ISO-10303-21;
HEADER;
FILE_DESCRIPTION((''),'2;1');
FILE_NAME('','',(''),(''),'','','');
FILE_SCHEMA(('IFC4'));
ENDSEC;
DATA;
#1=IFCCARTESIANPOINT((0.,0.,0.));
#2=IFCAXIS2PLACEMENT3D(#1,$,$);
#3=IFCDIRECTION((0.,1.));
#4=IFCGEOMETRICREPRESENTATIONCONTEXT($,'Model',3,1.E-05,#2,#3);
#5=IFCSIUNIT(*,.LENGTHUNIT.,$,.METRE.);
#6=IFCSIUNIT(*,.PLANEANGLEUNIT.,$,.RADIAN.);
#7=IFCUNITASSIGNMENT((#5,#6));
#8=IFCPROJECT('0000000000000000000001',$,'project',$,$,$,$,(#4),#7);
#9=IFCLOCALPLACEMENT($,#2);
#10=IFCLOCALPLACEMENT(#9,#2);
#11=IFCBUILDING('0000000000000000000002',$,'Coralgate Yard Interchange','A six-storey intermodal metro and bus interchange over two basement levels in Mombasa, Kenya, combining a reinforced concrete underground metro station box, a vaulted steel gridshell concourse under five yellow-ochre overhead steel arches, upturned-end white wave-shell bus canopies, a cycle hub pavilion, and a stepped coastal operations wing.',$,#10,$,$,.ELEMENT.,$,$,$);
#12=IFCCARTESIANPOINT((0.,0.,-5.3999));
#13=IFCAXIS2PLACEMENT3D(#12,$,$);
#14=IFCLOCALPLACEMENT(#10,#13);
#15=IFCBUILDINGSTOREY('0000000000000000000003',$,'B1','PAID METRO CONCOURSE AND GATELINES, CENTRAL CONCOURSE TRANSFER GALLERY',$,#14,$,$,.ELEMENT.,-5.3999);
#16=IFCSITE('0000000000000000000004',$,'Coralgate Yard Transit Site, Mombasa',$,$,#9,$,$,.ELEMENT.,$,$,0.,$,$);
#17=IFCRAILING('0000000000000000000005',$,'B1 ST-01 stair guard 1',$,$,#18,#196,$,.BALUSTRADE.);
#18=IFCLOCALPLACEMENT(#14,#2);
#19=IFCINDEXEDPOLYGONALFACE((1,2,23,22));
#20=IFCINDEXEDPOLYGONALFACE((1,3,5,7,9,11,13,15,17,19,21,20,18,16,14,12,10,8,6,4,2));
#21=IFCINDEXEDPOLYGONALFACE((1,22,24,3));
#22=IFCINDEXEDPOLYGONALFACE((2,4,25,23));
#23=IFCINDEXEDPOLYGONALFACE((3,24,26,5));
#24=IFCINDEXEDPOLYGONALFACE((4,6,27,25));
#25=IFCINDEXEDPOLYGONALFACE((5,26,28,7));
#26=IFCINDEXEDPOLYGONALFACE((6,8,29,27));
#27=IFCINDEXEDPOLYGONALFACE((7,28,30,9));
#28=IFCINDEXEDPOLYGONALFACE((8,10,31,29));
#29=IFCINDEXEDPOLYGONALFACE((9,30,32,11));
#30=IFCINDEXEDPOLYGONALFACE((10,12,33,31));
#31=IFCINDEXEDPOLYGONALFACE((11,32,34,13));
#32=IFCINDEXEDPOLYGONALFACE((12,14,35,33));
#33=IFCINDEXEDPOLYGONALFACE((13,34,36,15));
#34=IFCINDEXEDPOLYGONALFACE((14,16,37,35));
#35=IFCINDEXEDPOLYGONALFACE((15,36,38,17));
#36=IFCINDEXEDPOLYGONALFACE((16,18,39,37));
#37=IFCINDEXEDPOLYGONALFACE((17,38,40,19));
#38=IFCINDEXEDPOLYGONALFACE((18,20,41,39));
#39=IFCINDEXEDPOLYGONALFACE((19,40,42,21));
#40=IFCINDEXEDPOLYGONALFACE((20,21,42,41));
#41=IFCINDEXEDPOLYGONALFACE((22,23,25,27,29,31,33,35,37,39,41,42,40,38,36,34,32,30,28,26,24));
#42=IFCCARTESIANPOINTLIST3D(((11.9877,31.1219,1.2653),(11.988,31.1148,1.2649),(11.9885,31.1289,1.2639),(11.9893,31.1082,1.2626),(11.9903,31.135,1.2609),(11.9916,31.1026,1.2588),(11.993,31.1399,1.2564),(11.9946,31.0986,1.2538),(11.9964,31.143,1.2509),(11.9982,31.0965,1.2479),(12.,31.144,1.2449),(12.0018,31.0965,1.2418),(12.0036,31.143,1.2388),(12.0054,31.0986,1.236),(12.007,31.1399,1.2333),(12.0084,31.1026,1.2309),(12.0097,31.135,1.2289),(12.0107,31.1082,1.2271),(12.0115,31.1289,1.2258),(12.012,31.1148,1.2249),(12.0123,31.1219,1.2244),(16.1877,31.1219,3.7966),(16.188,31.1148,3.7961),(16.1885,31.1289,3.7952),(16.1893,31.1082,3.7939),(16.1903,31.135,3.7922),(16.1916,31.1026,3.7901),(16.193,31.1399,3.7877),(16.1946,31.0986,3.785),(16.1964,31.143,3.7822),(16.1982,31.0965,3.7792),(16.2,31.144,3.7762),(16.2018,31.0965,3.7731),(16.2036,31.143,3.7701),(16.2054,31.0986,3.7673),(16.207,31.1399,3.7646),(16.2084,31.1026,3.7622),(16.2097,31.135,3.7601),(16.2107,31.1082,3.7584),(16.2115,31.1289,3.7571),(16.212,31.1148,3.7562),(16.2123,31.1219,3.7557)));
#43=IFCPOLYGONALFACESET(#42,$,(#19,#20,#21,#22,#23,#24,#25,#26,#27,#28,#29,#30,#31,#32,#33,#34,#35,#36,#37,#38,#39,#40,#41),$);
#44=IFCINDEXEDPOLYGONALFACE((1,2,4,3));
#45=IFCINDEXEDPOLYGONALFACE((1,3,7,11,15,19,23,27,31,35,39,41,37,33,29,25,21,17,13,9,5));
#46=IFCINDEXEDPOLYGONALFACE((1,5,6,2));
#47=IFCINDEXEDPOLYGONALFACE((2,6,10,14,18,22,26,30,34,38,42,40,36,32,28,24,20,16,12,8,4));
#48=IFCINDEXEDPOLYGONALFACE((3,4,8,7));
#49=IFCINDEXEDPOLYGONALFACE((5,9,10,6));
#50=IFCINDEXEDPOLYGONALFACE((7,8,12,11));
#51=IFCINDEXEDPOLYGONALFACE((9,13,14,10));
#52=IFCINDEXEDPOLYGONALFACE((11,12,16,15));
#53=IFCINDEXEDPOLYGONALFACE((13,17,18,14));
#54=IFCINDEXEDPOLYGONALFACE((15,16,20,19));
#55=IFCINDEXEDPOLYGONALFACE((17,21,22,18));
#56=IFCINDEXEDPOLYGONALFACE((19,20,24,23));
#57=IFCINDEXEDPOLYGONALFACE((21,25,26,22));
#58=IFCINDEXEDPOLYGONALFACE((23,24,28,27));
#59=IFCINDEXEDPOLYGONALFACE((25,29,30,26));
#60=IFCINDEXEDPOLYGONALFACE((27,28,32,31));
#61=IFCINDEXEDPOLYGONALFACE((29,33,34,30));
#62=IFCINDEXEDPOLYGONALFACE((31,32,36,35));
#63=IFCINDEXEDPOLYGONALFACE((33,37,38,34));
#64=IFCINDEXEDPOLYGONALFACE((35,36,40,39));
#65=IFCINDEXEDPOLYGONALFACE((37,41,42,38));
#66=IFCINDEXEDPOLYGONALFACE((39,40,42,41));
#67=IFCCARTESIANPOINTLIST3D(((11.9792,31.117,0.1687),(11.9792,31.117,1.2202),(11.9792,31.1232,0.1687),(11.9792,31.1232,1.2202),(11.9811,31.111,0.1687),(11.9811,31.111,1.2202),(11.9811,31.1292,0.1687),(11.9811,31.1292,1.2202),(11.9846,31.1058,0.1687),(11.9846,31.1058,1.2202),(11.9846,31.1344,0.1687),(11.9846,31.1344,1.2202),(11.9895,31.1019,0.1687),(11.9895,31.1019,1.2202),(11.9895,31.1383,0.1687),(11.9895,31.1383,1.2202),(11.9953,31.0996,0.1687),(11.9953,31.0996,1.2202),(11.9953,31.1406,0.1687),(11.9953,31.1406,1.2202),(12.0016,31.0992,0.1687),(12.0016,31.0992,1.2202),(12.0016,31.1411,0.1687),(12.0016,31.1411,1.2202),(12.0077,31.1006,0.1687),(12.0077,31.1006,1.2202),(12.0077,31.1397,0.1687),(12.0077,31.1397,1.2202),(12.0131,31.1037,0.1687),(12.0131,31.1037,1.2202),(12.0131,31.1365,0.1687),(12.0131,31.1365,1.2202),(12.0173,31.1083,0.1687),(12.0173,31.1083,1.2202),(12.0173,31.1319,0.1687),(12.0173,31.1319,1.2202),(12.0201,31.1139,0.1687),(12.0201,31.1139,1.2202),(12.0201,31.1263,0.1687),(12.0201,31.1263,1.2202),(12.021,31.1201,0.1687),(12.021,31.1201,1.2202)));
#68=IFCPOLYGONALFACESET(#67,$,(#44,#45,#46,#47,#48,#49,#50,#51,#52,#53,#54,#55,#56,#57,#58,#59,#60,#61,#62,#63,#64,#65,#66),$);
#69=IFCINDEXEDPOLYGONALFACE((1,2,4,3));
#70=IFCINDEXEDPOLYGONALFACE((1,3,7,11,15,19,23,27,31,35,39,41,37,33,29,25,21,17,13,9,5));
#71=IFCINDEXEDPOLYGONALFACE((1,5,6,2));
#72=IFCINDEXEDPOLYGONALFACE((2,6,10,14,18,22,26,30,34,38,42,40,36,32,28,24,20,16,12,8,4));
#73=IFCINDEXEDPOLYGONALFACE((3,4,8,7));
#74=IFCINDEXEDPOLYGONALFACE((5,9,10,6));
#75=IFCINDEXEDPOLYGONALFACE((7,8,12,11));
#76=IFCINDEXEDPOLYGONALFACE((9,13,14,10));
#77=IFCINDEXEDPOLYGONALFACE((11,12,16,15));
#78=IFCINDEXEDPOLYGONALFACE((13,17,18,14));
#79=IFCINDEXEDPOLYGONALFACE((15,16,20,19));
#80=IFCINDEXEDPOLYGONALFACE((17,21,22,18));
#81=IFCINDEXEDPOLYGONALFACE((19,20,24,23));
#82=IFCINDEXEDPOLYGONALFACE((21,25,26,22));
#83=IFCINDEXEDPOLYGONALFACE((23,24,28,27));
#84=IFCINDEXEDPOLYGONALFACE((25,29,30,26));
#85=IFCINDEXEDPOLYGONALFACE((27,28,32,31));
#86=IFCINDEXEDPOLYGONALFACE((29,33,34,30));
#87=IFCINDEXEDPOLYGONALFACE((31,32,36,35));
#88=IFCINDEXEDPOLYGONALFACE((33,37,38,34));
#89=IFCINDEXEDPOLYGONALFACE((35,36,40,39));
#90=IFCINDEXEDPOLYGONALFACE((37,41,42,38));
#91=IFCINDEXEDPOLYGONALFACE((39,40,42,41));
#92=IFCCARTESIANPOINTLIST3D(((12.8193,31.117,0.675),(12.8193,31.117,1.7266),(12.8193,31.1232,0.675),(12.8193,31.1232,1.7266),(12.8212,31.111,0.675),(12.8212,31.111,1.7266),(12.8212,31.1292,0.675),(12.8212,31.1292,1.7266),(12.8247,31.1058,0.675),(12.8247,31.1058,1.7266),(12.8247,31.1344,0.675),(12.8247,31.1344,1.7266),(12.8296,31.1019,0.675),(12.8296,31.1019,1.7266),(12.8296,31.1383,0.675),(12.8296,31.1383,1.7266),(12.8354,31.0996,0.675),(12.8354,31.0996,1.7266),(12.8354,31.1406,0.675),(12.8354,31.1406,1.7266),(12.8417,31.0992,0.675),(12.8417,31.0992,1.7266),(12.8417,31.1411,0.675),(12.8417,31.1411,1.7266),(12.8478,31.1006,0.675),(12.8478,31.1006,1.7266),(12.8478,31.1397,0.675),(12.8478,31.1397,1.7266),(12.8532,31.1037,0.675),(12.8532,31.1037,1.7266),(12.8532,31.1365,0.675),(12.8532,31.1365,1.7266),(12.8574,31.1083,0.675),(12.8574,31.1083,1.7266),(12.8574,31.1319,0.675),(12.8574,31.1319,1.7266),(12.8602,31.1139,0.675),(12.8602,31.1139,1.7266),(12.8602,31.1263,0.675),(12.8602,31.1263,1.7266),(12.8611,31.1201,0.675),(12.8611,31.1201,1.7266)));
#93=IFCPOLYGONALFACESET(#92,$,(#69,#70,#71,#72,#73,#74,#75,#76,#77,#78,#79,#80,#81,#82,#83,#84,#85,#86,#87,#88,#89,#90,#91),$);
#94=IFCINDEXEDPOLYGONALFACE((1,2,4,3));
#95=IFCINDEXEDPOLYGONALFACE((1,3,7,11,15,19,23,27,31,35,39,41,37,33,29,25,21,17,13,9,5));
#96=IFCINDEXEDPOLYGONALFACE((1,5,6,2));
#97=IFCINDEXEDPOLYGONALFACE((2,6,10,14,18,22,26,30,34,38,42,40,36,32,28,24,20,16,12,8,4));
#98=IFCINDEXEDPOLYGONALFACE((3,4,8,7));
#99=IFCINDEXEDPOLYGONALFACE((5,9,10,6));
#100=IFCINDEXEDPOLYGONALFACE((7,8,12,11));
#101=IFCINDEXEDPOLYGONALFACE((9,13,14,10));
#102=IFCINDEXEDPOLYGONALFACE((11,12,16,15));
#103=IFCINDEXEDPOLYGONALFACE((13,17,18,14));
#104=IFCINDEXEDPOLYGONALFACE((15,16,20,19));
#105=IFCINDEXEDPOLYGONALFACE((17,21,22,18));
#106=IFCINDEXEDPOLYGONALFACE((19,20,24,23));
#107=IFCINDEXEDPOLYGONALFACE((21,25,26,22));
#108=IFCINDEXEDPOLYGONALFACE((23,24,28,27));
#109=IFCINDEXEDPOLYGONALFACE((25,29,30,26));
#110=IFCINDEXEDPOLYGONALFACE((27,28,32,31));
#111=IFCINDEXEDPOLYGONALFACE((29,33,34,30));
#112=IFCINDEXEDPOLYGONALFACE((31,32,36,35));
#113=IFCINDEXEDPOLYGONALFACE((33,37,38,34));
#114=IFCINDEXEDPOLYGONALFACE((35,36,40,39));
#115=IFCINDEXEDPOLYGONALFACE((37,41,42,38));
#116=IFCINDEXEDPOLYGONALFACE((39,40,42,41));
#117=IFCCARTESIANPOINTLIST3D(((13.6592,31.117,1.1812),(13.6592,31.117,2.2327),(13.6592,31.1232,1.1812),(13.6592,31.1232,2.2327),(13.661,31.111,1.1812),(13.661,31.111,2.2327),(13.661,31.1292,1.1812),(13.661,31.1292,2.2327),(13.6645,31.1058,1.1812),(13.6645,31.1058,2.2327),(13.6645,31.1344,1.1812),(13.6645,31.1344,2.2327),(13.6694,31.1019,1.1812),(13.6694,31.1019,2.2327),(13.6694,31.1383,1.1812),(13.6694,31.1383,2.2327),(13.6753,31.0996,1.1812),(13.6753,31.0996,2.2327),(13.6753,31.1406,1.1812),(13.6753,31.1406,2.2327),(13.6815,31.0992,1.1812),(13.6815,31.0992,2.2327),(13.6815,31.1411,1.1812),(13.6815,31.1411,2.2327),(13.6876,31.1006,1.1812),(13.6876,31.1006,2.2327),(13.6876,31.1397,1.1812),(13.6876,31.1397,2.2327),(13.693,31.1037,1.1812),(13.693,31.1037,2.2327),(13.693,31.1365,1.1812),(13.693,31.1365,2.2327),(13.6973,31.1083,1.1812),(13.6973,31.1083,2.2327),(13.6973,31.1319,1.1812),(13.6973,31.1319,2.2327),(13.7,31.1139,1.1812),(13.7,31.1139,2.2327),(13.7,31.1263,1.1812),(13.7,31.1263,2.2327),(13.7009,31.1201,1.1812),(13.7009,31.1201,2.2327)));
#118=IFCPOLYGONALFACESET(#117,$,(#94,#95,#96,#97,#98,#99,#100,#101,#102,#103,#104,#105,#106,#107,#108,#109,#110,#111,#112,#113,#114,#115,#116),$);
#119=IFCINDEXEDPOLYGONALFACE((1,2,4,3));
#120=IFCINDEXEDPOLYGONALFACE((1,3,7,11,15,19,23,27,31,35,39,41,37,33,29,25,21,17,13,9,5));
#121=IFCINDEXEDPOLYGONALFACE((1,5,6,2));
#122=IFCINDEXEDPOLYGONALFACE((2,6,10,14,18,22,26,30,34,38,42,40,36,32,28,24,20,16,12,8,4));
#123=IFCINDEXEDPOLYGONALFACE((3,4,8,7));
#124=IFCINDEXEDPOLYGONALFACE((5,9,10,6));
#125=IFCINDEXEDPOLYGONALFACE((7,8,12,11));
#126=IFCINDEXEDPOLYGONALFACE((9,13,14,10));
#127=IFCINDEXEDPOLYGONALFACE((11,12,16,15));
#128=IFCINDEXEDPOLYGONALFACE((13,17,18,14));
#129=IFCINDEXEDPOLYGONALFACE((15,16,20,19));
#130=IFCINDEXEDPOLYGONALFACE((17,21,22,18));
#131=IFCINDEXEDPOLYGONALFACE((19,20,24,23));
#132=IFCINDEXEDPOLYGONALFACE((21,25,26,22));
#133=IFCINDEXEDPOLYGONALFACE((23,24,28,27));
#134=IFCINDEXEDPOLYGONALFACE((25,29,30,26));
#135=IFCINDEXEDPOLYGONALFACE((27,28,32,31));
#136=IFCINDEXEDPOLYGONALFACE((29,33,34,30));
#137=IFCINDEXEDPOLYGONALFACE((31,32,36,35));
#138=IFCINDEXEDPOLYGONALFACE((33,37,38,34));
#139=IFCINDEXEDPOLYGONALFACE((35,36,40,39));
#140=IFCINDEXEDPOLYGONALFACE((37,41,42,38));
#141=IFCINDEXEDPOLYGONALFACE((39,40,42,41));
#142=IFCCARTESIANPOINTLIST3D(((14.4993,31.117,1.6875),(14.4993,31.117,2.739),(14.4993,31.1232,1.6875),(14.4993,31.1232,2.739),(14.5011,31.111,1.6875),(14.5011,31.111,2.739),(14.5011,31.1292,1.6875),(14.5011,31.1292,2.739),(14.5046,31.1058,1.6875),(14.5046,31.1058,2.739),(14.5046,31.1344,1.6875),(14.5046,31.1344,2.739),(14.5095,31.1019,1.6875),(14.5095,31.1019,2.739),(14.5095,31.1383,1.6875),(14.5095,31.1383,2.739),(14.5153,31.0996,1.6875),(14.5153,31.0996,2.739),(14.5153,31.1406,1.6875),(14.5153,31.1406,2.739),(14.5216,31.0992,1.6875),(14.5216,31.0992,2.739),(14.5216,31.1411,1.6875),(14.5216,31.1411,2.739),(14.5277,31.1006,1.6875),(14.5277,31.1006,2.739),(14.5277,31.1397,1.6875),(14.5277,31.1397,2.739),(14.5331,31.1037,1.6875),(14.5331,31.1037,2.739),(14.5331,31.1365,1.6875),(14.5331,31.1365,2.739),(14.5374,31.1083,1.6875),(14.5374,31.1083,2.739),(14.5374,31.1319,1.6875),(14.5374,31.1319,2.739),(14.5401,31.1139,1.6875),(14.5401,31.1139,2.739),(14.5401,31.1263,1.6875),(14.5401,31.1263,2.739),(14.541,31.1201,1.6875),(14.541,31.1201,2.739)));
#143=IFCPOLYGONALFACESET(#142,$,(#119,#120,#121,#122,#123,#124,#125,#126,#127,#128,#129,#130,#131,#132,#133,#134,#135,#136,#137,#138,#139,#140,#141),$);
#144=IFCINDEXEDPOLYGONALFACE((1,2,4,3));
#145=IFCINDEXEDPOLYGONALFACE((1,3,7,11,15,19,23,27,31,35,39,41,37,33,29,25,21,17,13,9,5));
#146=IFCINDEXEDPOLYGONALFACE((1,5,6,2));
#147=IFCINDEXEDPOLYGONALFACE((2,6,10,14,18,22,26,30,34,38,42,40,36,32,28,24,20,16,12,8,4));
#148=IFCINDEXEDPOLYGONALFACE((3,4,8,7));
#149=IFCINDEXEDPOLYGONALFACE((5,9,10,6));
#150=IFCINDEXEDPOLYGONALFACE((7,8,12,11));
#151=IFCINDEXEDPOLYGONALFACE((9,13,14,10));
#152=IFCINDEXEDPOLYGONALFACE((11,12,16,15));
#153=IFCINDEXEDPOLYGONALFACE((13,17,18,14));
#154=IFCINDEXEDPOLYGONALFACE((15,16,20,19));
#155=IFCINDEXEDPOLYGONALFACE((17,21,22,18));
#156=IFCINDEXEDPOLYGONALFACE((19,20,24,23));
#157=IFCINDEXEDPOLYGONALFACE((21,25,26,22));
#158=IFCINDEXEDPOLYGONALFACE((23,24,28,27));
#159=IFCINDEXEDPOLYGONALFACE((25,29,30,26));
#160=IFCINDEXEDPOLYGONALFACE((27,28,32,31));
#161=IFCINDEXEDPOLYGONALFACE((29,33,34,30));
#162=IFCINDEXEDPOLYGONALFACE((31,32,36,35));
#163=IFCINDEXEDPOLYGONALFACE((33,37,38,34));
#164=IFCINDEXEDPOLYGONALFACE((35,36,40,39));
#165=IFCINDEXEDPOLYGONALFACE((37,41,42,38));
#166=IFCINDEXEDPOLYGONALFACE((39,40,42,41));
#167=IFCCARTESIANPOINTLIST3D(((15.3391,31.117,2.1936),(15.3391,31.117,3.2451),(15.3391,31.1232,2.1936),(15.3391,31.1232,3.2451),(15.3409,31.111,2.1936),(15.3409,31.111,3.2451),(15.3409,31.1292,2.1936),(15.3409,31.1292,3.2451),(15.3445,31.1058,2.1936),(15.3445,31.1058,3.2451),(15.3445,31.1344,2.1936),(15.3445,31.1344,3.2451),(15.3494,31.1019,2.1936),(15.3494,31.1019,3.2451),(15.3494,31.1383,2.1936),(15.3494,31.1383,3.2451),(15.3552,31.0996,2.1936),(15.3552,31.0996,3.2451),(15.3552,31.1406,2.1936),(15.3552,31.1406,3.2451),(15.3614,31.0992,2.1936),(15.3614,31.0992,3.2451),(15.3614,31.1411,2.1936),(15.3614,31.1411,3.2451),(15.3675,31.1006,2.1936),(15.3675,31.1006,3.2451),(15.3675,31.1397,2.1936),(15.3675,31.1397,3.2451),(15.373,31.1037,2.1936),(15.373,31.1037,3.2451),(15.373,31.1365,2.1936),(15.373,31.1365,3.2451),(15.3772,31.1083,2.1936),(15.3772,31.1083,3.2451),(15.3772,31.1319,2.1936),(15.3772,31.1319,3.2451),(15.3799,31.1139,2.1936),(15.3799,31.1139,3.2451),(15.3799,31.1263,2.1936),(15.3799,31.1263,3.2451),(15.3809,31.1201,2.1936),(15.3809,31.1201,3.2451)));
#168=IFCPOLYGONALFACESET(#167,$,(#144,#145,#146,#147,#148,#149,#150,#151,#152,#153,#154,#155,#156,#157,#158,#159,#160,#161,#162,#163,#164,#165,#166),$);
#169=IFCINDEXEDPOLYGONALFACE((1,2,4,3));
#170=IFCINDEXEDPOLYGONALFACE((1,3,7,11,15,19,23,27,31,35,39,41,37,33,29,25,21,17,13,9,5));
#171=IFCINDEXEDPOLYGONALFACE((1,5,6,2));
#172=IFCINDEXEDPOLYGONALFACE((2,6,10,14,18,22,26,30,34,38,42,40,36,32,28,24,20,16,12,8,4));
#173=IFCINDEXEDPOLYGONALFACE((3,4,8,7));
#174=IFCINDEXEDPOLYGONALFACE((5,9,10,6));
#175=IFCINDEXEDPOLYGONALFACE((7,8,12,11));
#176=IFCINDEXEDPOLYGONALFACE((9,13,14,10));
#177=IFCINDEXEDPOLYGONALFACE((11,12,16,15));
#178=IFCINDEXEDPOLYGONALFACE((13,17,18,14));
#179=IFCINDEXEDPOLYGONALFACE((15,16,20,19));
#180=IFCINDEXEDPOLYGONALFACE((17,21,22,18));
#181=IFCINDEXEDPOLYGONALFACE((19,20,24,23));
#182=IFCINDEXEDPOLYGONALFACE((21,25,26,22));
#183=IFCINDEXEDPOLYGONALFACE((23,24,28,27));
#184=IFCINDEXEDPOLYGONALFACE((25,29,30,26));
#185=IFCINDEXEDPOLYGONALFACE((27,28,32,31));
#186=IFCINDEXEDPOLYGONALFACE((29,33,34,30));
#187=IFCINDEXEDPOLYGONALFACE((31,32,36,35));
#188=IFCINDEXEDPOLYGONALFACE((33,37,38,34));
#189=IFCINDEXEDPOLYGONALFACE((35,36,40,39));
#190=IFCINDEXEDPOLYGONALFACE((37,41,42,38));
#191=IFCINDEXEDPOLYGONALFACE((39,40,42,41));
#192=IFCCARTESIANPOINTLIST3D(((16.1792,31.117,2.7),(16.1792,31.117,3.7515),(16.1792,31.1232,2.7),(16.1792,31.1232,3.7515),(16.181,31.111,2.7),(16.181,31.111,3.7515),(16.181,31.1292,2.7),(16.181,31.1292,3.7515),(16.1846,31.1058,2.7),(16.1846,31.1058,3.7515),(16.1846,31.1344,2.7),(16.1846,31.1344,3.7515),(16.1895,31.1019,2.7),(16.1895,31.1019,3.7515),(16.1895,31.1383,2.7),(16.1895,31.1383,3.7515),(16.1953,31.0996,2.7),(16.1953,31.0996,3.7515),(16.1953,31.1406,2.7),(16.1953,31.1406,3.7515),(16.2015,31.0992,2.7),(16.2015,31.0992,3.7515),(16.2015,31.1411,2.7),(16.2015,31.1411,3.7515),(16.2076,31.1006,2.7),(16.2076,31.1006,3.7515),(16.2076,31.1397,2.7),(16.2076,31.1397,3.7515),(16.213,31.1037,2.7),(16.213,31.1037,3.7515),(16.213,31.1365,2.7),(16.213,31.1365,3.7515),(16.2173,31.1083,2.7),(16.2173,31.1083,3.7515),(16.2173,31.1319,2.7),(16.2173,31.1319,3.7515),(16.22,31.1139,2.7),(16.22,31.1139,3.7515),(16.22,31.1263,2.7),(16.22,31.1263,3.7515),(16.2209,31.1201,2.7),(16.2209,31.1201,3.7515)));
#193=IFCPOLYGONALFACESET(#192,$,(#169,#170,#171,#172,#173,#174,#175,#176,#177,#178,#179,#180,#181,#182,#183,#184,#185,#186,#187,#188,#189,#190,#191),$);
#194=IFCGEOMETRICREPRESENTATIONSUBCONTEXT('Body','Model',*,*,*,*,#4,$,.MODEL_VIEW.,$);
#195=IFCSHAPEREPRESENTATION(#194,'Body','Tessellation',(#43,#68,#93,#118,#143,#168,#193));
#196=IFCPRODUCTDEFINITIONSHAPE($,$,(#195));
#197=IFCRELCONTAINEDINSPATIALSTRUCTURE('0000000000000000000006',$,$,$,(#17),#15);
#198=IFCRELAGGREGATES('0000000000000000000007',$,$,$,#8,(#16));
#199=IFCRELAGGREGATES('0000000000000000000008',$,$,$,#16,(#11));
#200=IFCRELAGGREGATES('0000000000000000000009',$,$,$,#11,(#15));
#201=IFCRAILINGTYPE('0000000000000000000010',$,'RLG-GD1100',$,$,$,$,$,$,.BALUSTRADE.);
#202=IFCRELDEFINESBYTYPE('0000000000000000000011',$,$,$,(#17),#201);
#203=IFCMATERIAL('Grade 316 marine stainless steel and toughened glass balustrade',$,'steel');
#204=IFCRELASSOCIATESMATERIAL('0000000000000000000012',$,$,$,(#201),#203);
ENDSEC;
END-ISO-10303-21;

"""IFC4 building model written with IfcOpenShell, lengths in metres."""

from ifc_helpers import new_model, si_unit, direction, frame, origin, origin_2d, place, context, subcontext, project, spatial, circle, extrude, material, type_object, element, save


model = new_model("IFC4")

# Units and contexts
model_context = context("Model", 3, precision=1e-05, world=origin(), true_north=direction((0.0, 1.0)))
body_context = subcontext(model_context, "Body", "Model", "MODEL_VIEW")
ifc_project = project(units=[si_unit("LENGTHUNIT", "METRE"), si_unit("PLANEANGLEUNIT", "RADIAN")], contexts=[model_context])

# Site, building, storey
site_placement = place(None, origin())
site = spatial("IfcSite", under=ifc_project, at=site_placement, Name="Coralgate Yard Transit Site, Mombasa", CompositionType="ELEMENT", RefElevation=0.0)
building_placement = place(site_placement, origin())
building = spatial("IfcBuilding", under=site, at=building_placement, Name="Coralgate Yard Interchange", Description="A six-storey intermodal metro and bus interchange over two basement levels in Mombasa, Kenya, combining a reinforced concrete underground metro station box, a vaulted steel gridshell concourse under five yellow-ochre overhead steel arches, upturned-end white wave-shell bus canopies, a cycle hub pavilion, and a stepped coastal operations wing.", CompositionType="ELEMENT")
storey_placement = place(building_placement, frame((0.0, 0.0, -5.3999)))
storey = spatial("IfcBuildingStorey", under=building, at=storey_placement, Name="B1", Description="PAID METRO CONCOURSE AND GATELINES, CENTRAL CONCOURSE TRANSFER GALLERY", CompositionType="ELEMENT", Elevation=-5.3999)

# Railing
ifc_material_1 = material(Name="Grade 316 marine stainless steel and toughened glass balustrade", Category="steel")
railing_type_1 = type_object("IfcRailingType", Name="RLG-GD1100", PredefinedType="BALUSTRADE", material=ifc_material_1)
railing_1_placement = place(storey_placement, frame((12.0, 31.1201, 0.1687)))
element("IfcRailing", 1, at=railing_1_placement, inside=storey, type_object=railing_type_1, Name="B1 ST-01 stair guard 1", PredefinedType="BALUSTRADE", context=body_context, shape_type="SweptSolid", body=[
    extrude(circle(Radius=0.0239, at=origin_2d()), frame((0.0, 0.0, 1.0762), z_axis=(0.856476, 0.0, 0.516186), x_axis=(0.0, 1.0, 0.0)), (0.0, 0.0, 1.0), 4.9038),
    extrude(circle(Radius=0.021, at=origin_2d()), origin(), (0.0, 0.0, 1.0), 1.0515),
    extrude(circle(Radius=0.021, at=origin_2d()), frame((0.8401, 0.0, 0.5063)), (0.0, 0.0, 1.0), 1.0515),
    extrude(circle(Radius=0.021, at=origin_2d()), frame((1.6799, 0.0, 1.0125)), (0.0, 0.0, 1.0), 1.0515),
    extrude(circle(Radius=0.021, at=origin_2d()), frame((2.52, 0.0, 1.5188)), (0.0, 0.0, 1.0), 1.0515),
    extrude(circle(Radius=0.021, at=origin_2d()), frame((3.3599, 0.0, 2.0249)), (0.0, 0.0, 1.0), 1.0515),
    extrude(circle(Radius=0.021, at=origin_2d()), frame((4.2, 0.0, 2.5312)), (0.0, 0.0, 1.0), 1.0515),
])

save(model, "model.ifc")
